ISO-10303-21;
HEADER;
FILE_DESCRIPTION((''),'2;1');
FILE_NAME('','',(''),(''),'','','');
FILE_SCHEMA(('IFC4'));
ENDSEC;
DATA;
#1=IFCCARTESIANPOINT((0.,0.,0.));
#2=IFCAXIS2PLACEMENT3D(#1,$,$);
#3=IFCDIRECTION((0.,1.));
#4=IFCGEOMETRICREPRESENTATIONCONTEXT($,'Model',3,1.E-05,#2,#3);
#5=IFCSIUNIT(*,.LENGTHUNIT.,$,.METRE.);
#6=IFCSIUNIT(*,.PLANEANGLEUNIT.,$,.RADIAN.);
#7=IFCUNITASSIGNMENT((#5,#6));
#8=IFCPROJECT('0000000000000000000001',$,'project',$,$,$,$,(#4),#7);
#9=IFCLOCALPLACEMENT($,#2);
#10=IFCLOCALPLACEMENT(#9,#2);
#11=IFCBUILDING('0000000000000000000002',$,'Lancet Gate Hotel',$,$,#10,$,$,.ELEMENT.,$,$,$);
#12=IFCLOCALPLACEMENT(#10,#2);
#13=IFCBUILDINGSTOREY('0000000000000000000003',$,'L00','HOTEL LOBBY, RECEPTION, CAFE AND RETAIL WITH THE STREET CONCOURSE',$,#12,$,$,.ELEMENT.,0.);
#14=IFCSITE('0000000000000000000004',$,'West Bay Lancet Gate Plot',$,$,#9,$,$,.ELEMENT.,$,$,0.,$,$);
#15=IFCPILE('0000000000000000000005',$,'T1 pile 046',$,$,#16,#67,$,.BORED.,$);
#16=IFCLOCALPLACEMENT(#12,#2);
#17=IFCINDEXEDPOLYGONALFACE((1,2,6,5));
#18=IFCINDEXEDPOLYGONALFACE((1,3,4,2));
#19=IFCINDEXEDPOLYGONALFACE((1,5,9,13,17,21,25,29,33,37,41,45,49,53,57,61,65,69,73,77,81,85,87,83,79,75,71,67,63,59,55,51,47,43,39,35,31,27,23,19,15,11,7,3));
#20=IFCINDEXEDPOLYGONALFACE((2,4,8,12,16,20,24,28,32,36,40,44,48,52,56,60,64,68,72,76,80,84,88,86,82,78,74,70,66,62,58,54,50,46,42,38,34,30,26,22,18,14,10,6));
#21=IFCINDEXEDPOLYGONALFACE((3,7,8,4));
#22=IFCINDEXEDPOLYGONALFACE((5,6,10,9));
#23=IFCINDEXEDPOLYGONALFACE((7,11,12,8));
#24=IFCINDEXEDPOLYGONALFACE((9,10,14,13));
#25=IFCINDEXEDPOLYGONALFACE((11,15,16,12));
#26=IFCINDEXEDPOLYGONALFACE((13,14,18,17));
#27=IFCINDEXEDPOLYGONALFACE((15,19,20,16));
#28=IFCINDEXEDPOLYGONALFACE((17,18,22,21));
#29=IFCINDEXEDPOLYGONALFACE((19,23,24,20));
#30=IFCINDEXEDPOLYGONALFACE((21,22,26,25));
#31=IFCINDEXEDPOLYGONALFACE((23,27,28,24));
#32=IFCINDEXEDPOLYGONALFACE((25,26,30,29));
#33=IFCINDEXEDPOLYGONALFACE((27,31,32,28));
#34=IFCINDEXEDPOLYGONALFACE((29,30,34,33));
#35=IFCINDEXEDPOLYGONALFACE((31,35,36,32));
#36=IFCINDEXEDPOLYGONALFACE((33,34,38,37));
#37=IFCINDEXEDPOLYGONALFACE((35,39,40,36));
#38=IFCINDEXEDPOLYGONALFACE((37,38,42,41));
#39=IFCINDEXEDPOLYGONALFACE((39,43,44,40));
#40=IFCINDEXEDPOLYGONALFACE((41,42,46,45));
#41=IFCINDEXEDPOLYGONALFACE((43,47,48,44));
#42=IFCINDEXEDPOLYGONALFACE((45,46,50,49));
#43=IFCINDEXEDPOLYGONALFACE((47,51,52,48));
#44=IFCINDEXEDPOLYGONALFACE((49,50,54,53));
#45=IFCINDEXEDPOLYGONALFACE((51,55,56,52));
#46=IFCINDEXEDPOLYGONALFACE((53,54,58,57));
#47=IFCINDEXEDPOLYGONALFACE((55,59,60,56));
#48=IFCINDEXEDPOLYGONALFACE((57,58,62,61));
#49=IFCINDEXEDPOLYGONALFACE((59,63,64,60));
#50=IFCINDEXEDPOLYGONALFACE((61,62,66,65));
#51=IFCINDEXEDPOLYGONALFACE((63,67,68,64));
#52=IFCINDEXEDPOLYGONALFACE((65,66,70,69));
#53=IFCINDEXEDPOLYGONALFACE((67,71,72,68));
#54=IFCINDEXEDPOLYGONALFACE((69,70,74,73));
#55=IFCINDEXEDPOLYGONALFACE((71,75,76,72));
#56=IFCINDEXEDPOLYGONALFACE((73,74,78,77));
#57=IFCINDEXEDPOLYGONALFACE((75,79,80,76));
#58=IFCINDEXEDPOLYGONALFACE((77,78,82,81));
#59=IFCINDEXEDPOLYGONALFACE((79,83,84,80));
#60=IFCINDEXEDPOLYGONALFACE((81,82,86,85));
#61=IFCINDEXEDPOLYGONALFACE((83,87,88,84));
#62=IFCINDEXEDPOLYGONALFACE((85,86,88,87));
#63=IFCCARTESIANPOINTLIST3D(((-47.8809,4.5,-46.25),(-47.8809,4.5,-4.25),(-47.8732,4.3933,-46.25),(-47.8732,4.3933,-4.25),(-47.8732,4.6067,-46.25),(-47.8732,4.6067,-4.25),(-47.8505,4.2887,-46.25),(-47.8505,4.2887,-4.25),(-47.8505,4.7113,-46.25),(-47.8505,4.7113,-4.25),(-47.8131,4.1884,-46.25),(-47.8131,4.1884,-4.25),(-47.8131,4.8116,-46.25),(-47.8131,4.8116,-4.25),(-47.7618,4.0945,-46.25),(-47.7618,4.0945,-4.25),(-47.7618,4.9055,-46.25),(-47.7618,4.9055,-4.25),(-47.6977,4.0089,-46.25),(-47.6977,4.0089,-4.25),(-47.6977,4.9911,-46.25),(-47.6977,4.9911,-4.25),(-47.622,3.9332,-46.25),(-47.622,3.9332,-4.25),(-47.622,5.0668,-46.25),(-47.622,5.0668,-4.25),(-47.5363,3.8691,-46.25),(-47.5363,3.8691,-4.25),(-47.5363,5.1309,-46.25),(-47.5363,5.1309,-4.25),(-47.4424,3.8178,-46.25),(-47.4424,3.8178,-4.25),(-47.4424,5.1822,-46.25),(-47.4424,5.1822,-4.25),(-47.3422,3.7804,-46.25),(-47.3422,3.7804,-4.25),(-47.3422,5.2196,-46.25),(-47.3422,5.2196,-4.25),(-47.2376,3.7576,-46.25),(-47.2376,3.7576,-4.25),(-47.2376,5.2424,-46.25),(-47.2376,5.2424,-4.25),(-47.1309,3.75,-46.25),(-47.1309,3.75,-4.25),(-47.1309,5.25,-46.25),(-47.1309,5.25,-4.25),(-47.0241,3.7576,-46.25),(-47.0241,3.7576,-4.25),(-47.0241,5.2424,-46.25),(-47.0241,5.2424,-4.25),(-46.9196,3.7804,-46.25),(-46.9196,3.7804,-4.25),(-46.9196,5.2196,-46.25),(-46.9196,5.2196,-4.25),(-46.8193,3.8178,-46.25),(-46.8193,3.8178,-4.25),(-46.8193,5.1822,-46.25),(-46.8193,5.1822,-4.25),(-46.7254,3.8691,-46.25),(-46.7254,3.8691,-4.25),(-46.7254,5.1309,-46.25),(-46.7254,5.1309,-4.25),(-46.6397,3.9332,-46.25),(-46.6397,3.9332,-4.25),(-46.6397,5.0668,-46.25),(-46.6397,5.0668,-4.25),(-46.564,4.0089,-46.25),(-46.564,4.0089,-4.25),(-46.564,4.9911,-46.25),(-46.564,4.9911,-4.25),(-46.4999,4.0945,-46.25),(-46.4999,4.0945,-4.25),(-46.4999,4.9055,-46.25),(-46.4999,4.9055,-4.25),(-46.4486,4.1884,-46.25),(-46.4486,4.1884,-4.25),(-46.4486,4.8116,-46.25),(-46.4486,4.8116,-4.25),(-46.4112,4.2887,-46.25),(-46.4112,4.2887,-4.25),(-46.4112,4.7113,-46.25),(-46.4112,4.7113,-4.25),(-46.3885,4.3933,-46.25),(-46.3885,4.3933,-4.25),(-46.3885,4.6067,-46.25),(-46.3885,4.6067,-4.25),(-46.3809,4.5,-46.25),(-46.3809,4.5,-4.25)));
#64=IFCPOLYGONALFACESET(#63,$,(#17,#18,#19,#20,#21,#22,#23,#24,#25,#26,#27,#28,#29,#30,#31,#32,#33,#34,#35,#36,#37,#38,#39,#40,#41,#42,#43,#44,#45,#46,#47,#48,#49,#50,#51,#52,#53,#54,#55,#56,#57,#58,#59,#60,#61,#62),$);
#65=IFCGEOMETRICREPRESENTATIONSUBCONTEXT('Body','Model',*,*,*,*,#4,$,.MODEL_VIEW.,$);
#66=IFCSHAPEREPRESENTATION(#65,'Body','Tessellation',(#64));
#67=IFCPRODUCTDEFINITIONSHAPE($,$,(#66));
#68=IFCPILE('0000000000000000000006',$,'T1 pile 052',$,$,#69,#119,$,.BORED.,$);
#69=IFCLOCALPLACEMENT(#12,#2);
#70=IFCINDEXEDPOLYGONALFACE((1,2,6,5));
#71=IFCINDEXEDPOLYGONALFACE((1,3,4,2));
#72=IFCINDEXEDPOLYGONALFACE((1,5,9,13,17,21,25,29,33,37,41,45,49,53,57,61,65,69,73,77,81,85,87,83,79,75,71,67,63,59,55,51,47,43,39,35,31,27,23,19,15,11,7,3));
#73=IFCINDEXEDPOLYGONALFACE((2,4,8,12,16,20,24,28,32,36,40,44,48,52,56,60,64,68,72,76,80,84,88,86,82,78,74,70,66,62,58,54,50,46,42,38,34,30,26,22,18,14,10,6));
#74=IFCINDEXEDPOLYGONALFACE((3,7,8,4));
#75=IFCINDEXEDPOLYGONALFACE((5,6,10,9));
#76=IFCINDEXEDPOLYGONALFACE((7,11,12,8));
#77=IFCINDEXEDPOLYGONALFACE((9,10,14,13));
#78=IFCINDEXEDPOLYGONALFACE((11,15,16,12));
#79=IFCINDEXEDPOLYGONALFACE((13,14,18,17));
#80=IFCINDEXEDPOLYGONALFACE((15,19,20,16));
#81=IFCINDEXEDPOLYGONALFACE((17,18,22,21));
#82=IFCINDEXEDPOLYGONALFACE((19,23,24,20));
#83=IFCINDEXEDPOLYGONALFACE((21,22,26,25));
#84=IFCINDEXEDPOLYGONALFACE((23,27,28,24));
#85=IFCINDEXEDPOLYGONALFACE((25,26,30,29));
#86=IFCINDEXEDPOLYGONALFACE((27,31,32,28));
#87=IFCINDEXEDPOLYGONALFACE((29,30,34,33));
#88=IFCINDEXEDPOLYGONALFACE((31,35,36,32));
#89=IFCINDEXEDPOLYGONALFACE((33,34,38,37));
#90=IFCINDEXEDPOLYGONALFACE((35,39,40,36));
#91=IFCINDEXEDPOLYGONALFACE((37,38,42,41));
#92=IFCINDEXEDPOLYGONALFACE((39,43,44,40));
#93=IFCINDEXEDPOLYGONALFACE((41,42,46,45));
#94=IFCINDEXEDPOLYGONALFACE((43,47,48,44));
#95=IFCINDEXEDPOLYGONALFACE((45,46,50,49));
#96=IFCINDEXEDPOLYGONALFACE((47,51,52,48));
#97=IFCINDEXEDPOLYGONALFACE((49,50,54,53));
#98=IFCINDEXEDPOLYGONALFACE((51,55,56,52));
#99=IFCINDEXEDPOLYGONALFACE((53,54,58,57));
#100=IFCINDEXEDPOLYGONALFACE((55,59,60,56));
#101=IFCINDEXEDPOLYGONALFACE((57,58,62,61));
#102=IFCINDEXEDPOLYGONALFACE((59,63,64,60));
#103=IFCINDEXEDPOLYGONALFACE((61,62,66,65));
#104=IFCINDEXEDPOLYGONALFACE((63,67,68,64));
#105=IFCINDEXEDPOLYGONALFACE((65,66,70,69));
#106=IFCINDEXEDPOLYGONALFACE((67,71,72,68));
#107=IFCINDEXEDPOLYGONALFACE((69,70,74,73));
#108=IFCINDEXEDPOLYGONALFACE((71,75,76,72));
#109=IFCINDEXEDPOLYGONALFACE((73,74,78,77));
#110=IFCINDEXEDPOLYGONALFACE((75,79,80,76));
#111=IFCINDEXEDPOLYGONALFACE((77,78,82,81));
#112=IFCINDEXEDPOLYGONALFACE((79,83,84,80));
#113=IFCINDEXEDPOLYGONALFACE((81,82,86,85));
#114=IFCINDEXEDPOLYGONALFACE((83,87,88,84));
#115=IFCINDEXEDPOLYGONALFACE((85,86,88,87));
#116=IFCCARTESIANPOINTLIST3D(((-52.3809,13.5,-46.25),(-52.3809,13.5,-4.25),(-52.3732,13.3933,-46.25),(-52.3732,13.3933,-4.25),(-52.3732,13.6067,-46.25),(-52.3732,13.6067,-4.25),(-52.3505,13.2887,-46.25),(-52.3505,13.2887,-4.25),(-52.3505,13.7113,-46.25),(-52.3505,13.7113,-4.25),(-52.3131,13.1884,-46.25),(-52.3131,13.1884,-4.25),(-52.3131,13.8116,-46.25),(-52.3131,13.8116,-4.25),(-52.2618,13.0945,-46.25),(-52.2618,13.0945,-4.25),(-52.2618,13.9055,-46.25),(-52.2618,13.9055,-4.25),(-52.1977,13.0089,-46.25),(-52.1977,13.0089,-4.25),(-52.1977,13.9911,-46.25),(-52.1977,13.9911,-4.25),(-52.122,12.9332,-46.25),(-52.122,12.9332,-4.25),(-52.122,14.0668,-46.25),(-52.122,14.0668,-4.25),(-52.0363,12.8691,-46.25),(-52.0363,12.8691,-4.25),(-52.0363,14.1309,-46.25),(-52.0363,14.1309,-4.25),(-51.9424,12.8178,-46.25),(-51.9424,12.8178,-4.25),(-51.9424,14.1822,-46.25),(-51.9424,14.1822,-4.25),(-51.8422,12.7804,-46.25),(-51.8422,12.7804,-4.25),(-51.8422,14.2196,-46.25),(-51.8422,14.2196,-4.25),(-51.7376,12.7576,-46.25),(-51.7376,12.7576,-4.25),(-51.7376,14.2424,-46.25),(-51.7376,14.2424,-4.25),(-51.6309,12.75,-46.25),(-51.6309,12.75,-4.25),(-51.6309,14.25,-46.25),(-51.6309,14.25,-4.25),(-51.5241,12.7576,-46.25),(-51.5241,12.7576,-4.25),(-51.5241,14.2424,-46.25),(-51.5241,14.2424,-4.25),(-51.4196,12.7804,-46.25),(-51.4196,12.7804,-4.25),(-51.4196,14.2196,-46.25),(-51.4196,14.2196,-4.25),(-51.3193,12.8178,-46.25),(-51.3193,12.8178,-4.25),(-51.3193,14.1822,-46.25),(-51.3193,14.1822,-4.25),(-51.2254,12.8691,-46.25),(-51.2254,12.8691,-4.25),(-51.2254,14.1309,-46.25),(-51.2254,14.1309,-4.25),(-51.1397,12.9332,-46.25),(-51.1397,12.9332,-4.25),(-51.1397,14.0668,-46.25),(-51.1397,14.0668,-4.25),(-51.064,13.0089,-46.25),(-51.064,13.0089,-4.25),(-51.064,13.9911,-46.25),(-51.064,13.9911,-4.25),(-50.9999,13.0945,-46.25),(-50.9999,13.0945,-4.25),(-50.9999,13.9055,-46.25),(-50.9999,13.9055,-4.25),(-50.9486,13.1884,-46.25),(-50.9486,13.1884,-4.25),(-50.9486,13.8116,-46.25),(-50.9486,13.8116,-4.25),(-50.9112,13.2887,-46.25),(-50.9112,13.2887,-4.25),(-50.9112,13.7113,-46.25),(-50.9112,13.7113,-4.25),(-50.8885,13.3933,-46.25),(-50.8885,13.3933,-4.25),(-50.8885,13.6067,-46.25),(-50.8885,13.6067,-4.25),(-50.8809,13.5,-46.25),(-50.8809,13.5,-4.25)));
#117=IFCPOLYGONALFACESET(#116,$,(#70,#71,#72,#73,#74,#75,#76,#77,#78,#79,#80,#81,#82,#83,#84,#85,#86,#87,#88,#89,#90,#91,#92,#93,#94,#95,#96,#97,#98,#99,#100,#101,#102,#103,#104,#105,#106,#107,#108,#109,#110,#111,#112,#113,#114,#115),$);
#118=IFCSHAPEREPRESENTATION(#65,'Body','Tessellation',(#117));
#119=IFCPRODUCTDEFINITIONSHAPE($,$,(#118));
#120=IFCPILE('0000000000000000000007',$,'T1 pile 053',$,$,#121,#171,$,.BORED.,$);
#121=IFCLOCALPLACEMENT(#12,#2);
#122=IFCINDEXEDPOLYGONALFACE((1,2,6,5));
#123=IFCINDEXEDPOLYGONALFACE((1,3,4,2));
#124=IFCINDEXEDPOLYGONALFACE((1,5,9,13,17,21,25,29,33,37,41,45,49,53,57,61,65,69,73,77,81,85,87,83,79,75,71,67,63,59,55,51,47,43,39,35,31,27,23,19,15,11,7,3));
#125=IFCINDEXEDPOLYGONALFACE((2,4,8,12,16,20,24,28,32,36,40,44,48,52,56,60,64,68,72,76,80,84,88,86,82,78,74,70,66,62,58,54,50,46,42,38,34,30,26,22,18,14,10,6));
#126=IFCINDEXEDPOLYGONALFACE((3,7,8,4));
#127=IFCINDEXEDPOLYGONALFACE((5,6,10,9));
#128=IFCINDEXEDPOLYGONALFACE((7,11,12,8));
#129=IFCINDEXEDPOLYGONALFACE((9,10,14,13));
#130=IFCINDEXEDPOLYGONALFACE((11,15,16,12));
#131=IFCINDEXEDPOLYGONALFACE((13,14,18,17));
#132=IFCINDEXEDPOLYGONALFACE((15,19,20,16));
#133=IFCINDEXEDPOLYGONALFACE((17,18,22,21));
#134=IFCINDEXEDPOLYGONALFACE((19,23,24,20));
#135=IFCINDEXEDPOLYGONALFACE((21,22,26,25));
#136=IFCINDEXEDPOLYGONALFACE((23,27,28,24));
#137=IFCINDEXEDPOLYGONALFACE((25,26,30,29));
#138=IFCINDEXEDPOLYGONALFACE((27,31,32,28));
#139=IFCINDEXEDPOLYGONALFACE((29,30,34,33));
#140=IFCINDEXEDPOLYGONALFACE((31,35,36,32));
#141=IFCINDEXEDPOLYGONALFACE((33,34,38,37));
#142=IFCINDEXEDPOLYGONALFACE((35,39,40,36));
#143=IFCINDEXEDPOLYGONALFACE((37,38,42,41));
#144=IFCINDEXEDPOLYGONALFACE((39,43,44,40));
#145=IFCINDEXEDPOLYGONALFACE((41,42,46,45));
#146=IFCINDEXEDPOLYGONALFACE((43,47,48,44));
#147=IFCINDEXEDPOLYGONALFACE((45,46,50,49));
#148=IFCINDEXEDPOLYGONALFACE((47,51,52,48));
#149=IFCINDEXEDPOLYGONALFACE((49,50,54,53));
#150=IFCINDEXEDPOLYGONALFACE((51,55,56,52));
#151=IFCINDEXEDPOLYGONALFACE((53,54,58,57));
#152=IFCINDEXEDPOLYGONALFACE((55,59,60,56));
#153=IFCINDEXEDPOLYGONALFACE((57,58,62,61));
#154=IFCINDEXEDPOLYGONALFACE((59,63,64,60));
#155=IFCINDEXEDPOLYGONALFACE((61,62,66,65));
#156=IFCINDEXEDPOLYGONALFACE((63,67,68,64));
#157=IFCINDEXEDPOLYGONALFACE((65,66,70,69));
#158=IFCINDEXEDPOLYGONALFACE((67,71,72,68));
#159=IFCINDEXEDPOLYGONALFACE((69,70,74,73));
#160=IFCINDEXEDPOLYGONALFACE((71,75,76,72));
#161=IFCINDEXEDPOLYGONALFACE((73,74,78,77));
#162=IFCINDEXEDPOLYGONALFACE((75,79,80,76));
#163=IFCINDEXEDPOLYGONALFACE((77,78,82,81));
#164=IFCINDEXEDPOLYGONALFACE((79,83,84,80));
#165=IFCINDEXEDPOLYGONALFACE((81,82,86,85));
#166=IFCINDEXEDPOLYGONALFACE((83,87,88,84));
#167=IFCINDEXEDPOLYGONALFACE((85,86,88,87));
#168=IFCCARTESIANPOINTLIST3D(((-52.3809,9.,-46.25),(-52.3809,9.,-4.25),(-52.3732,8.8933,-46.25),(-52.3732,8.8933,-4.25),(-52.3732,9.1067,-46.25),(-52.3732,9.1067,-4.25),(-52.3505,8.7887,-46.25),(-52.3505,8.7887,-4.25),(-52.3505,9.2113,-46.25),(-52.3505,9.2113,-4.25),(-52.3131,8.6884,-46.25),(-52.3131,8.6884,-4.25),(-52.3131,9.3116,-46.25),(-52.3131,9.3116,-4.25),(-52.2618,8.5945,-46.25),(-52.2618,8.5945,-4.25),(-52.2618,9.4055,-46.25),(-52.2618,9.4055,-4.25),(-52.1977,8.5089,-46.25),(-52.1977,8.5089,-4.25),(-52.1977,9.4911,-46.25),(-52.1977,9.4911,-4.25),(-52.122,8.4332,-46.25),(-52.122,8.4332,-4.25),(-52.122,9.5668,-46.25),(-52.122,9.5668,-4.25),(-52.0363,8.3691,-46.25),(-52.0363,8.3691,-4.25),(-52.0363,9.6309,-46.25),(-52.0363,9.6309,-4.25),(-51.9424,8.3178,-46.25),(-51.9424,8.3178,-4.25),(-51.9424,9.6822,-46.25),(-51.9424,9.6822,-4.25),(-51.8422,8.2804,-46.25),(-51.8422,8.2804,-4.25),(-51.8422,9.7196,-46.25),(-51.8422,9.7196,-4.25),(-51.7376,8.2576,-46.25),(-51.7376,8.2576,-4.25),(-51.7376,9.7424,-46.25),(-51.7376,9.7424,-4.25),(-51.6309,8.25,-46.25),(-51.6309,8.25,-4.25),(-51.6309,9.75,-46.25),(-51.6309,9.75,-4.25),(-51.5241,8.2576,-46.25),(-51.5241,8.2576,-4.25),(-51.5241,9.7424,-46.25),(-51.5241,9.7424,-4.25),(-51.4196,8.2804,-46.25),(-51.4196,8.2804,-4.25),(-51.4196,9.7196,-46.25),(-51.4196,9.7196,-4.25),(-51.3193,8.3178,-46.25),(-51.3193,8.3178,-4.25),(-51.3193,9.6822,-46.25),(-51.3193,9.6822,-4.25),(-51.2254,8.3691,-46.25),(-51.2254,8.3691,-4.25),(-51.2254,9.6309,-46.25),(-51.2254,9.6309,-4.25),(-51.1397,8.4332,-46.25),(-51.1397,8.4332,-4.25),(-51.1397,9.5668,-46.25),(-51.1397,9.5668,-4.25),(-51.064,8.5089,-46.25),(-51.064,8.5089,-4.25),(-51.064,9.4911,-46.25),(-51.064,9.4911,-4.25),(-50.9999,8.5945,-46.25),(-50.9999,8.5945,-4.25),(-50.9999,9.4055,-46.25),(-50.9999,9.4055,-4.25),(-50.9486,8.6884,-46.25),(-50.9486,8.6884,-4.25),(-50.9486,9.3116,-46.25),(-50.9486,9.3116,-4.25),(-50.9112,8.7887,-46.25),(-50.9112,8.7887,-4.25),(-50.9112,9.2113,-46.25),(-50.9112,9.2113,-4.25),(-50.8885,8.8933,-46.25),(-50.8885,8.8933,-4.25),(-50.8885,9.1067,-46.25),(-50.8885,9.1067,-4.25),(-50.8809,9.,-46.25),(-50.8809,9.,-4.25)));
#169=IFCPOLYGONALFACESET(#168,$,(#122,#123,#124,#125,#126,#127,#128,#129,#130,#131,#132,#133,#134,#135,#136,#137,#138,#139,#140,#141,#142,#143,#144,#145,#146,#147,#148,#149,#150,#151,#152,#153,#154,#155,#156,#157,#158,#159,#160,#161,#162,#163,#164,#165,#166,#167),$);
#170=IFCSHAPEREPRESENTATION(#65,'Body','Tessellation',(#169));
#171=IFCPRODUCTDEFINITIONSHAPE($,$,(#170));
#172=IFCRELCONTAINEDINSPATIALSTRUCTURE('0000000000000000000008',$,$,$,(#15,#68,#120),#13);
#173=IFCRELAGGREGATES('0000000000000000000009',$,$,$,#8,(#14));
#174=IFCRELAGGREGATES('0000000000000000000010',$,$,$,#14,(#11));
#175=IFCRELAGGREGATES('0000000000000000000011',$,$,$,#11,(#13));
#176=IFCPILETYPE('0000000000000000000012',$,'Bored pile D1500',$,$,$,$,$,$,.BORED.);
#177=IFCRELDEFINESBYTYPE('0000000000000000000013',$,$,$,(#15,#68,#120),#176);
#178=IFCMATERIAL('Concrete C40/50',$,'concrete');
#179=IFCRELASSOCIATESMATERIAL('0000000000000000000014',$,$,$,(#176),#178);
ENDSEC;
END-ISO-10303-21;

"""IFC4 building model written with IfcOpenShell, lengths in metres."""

from ifc_helpers import new_model, si_unit, direction, frame, origin, origin_2d, place, context, subcontext, project, spatial, circle, extrude, material, material_profile, profile_set, type_object, element, save


model = new_model("IFC4")

# Units and contexts
model_context = context("Model", 3, precision=1e-05, world=origin(), true_north=direction((0.0, 1.0)))
body_context = subcontext(model_context, "Body", "Model", "MODEL_VIEW")
ifc_project = project(units=[si_unit("LENGTHUNIT", "METRE"), si_unit("PLANEANGLEUNIT", "RADIAN")], contexts=[model_context])

# Site, building, storey
site_placement = place(None, origin())
site = spatial("IfcSite", under=ifc_project, at=site_placement, Name="West Bay Lancet Gate Plot", CompositionType="ELEMENT", RefElevation=0.0)
building_placement = place(site_placement, origin())
building = spatial("IfcBuilding", under=site, at=building_placement, Name="Lancet Gate Hotel", CompositionType="ELEMENT")
storey_placement = place(building_placement, origin())
storey = spatial("IfcBuildingStorey", under=building, at=storey_placement, Name="L00", Description="HOTEL LOBBY, RECEPTION, CAFE AND RETAIL WITH THE STREET CONCOURSE", CompositionType="ELEMENT", Elevation=0.0)

# Piles
ifc_material_1 = material(Name="Concrete C40/50", Category="concrete")
ifc_material_profile_1 = material_profile(ifc_material_1, circle(Radius=0.75, at=origin_2d()), Name="PILE D1500")
ifc_profile_set_1 = profile_set([ifc_material_profile_1], Name="Concrete C40/50")
pile_type = type_object("IfcPileType", Name="Bored pile D1500", PredefinedType="BORED", material=ifc_profile_set_1)
for number, where, z_axis, x_axis, name in (
    (1, (-47.1309, 4.5, -4.25), (0.0, 0.0, -1.0), (1.0, 0.0, 0.0), "T1 pile 046"),
    (2, (-51.6309, 13.5, -4.25), (0.0, 0.0, -1.0), (1.0, 0.0, 0.0), "T1 pile 052"),
    (3, (-51.6309, 9.0, -4.25), (0.0, 0.0, -1.0), (1.0, 0.0, 0.0), "T1 pile 053"),
):
    element("IfcPile", number, at=place(storey_placement, frame(where, z_axis=z_axis, x_axis=x_axis)), inside=storey, type_object=pile_type, Name=name, PredefinedType="BORED", context=body_context, shape_type="SweptSolid", body=[
        extrude(circle(Radius=0.75, at=origin_2d()), origin(), (0.0, 0.0, 1.0), 42.0),
    ])

save(model, "model.ifc")
